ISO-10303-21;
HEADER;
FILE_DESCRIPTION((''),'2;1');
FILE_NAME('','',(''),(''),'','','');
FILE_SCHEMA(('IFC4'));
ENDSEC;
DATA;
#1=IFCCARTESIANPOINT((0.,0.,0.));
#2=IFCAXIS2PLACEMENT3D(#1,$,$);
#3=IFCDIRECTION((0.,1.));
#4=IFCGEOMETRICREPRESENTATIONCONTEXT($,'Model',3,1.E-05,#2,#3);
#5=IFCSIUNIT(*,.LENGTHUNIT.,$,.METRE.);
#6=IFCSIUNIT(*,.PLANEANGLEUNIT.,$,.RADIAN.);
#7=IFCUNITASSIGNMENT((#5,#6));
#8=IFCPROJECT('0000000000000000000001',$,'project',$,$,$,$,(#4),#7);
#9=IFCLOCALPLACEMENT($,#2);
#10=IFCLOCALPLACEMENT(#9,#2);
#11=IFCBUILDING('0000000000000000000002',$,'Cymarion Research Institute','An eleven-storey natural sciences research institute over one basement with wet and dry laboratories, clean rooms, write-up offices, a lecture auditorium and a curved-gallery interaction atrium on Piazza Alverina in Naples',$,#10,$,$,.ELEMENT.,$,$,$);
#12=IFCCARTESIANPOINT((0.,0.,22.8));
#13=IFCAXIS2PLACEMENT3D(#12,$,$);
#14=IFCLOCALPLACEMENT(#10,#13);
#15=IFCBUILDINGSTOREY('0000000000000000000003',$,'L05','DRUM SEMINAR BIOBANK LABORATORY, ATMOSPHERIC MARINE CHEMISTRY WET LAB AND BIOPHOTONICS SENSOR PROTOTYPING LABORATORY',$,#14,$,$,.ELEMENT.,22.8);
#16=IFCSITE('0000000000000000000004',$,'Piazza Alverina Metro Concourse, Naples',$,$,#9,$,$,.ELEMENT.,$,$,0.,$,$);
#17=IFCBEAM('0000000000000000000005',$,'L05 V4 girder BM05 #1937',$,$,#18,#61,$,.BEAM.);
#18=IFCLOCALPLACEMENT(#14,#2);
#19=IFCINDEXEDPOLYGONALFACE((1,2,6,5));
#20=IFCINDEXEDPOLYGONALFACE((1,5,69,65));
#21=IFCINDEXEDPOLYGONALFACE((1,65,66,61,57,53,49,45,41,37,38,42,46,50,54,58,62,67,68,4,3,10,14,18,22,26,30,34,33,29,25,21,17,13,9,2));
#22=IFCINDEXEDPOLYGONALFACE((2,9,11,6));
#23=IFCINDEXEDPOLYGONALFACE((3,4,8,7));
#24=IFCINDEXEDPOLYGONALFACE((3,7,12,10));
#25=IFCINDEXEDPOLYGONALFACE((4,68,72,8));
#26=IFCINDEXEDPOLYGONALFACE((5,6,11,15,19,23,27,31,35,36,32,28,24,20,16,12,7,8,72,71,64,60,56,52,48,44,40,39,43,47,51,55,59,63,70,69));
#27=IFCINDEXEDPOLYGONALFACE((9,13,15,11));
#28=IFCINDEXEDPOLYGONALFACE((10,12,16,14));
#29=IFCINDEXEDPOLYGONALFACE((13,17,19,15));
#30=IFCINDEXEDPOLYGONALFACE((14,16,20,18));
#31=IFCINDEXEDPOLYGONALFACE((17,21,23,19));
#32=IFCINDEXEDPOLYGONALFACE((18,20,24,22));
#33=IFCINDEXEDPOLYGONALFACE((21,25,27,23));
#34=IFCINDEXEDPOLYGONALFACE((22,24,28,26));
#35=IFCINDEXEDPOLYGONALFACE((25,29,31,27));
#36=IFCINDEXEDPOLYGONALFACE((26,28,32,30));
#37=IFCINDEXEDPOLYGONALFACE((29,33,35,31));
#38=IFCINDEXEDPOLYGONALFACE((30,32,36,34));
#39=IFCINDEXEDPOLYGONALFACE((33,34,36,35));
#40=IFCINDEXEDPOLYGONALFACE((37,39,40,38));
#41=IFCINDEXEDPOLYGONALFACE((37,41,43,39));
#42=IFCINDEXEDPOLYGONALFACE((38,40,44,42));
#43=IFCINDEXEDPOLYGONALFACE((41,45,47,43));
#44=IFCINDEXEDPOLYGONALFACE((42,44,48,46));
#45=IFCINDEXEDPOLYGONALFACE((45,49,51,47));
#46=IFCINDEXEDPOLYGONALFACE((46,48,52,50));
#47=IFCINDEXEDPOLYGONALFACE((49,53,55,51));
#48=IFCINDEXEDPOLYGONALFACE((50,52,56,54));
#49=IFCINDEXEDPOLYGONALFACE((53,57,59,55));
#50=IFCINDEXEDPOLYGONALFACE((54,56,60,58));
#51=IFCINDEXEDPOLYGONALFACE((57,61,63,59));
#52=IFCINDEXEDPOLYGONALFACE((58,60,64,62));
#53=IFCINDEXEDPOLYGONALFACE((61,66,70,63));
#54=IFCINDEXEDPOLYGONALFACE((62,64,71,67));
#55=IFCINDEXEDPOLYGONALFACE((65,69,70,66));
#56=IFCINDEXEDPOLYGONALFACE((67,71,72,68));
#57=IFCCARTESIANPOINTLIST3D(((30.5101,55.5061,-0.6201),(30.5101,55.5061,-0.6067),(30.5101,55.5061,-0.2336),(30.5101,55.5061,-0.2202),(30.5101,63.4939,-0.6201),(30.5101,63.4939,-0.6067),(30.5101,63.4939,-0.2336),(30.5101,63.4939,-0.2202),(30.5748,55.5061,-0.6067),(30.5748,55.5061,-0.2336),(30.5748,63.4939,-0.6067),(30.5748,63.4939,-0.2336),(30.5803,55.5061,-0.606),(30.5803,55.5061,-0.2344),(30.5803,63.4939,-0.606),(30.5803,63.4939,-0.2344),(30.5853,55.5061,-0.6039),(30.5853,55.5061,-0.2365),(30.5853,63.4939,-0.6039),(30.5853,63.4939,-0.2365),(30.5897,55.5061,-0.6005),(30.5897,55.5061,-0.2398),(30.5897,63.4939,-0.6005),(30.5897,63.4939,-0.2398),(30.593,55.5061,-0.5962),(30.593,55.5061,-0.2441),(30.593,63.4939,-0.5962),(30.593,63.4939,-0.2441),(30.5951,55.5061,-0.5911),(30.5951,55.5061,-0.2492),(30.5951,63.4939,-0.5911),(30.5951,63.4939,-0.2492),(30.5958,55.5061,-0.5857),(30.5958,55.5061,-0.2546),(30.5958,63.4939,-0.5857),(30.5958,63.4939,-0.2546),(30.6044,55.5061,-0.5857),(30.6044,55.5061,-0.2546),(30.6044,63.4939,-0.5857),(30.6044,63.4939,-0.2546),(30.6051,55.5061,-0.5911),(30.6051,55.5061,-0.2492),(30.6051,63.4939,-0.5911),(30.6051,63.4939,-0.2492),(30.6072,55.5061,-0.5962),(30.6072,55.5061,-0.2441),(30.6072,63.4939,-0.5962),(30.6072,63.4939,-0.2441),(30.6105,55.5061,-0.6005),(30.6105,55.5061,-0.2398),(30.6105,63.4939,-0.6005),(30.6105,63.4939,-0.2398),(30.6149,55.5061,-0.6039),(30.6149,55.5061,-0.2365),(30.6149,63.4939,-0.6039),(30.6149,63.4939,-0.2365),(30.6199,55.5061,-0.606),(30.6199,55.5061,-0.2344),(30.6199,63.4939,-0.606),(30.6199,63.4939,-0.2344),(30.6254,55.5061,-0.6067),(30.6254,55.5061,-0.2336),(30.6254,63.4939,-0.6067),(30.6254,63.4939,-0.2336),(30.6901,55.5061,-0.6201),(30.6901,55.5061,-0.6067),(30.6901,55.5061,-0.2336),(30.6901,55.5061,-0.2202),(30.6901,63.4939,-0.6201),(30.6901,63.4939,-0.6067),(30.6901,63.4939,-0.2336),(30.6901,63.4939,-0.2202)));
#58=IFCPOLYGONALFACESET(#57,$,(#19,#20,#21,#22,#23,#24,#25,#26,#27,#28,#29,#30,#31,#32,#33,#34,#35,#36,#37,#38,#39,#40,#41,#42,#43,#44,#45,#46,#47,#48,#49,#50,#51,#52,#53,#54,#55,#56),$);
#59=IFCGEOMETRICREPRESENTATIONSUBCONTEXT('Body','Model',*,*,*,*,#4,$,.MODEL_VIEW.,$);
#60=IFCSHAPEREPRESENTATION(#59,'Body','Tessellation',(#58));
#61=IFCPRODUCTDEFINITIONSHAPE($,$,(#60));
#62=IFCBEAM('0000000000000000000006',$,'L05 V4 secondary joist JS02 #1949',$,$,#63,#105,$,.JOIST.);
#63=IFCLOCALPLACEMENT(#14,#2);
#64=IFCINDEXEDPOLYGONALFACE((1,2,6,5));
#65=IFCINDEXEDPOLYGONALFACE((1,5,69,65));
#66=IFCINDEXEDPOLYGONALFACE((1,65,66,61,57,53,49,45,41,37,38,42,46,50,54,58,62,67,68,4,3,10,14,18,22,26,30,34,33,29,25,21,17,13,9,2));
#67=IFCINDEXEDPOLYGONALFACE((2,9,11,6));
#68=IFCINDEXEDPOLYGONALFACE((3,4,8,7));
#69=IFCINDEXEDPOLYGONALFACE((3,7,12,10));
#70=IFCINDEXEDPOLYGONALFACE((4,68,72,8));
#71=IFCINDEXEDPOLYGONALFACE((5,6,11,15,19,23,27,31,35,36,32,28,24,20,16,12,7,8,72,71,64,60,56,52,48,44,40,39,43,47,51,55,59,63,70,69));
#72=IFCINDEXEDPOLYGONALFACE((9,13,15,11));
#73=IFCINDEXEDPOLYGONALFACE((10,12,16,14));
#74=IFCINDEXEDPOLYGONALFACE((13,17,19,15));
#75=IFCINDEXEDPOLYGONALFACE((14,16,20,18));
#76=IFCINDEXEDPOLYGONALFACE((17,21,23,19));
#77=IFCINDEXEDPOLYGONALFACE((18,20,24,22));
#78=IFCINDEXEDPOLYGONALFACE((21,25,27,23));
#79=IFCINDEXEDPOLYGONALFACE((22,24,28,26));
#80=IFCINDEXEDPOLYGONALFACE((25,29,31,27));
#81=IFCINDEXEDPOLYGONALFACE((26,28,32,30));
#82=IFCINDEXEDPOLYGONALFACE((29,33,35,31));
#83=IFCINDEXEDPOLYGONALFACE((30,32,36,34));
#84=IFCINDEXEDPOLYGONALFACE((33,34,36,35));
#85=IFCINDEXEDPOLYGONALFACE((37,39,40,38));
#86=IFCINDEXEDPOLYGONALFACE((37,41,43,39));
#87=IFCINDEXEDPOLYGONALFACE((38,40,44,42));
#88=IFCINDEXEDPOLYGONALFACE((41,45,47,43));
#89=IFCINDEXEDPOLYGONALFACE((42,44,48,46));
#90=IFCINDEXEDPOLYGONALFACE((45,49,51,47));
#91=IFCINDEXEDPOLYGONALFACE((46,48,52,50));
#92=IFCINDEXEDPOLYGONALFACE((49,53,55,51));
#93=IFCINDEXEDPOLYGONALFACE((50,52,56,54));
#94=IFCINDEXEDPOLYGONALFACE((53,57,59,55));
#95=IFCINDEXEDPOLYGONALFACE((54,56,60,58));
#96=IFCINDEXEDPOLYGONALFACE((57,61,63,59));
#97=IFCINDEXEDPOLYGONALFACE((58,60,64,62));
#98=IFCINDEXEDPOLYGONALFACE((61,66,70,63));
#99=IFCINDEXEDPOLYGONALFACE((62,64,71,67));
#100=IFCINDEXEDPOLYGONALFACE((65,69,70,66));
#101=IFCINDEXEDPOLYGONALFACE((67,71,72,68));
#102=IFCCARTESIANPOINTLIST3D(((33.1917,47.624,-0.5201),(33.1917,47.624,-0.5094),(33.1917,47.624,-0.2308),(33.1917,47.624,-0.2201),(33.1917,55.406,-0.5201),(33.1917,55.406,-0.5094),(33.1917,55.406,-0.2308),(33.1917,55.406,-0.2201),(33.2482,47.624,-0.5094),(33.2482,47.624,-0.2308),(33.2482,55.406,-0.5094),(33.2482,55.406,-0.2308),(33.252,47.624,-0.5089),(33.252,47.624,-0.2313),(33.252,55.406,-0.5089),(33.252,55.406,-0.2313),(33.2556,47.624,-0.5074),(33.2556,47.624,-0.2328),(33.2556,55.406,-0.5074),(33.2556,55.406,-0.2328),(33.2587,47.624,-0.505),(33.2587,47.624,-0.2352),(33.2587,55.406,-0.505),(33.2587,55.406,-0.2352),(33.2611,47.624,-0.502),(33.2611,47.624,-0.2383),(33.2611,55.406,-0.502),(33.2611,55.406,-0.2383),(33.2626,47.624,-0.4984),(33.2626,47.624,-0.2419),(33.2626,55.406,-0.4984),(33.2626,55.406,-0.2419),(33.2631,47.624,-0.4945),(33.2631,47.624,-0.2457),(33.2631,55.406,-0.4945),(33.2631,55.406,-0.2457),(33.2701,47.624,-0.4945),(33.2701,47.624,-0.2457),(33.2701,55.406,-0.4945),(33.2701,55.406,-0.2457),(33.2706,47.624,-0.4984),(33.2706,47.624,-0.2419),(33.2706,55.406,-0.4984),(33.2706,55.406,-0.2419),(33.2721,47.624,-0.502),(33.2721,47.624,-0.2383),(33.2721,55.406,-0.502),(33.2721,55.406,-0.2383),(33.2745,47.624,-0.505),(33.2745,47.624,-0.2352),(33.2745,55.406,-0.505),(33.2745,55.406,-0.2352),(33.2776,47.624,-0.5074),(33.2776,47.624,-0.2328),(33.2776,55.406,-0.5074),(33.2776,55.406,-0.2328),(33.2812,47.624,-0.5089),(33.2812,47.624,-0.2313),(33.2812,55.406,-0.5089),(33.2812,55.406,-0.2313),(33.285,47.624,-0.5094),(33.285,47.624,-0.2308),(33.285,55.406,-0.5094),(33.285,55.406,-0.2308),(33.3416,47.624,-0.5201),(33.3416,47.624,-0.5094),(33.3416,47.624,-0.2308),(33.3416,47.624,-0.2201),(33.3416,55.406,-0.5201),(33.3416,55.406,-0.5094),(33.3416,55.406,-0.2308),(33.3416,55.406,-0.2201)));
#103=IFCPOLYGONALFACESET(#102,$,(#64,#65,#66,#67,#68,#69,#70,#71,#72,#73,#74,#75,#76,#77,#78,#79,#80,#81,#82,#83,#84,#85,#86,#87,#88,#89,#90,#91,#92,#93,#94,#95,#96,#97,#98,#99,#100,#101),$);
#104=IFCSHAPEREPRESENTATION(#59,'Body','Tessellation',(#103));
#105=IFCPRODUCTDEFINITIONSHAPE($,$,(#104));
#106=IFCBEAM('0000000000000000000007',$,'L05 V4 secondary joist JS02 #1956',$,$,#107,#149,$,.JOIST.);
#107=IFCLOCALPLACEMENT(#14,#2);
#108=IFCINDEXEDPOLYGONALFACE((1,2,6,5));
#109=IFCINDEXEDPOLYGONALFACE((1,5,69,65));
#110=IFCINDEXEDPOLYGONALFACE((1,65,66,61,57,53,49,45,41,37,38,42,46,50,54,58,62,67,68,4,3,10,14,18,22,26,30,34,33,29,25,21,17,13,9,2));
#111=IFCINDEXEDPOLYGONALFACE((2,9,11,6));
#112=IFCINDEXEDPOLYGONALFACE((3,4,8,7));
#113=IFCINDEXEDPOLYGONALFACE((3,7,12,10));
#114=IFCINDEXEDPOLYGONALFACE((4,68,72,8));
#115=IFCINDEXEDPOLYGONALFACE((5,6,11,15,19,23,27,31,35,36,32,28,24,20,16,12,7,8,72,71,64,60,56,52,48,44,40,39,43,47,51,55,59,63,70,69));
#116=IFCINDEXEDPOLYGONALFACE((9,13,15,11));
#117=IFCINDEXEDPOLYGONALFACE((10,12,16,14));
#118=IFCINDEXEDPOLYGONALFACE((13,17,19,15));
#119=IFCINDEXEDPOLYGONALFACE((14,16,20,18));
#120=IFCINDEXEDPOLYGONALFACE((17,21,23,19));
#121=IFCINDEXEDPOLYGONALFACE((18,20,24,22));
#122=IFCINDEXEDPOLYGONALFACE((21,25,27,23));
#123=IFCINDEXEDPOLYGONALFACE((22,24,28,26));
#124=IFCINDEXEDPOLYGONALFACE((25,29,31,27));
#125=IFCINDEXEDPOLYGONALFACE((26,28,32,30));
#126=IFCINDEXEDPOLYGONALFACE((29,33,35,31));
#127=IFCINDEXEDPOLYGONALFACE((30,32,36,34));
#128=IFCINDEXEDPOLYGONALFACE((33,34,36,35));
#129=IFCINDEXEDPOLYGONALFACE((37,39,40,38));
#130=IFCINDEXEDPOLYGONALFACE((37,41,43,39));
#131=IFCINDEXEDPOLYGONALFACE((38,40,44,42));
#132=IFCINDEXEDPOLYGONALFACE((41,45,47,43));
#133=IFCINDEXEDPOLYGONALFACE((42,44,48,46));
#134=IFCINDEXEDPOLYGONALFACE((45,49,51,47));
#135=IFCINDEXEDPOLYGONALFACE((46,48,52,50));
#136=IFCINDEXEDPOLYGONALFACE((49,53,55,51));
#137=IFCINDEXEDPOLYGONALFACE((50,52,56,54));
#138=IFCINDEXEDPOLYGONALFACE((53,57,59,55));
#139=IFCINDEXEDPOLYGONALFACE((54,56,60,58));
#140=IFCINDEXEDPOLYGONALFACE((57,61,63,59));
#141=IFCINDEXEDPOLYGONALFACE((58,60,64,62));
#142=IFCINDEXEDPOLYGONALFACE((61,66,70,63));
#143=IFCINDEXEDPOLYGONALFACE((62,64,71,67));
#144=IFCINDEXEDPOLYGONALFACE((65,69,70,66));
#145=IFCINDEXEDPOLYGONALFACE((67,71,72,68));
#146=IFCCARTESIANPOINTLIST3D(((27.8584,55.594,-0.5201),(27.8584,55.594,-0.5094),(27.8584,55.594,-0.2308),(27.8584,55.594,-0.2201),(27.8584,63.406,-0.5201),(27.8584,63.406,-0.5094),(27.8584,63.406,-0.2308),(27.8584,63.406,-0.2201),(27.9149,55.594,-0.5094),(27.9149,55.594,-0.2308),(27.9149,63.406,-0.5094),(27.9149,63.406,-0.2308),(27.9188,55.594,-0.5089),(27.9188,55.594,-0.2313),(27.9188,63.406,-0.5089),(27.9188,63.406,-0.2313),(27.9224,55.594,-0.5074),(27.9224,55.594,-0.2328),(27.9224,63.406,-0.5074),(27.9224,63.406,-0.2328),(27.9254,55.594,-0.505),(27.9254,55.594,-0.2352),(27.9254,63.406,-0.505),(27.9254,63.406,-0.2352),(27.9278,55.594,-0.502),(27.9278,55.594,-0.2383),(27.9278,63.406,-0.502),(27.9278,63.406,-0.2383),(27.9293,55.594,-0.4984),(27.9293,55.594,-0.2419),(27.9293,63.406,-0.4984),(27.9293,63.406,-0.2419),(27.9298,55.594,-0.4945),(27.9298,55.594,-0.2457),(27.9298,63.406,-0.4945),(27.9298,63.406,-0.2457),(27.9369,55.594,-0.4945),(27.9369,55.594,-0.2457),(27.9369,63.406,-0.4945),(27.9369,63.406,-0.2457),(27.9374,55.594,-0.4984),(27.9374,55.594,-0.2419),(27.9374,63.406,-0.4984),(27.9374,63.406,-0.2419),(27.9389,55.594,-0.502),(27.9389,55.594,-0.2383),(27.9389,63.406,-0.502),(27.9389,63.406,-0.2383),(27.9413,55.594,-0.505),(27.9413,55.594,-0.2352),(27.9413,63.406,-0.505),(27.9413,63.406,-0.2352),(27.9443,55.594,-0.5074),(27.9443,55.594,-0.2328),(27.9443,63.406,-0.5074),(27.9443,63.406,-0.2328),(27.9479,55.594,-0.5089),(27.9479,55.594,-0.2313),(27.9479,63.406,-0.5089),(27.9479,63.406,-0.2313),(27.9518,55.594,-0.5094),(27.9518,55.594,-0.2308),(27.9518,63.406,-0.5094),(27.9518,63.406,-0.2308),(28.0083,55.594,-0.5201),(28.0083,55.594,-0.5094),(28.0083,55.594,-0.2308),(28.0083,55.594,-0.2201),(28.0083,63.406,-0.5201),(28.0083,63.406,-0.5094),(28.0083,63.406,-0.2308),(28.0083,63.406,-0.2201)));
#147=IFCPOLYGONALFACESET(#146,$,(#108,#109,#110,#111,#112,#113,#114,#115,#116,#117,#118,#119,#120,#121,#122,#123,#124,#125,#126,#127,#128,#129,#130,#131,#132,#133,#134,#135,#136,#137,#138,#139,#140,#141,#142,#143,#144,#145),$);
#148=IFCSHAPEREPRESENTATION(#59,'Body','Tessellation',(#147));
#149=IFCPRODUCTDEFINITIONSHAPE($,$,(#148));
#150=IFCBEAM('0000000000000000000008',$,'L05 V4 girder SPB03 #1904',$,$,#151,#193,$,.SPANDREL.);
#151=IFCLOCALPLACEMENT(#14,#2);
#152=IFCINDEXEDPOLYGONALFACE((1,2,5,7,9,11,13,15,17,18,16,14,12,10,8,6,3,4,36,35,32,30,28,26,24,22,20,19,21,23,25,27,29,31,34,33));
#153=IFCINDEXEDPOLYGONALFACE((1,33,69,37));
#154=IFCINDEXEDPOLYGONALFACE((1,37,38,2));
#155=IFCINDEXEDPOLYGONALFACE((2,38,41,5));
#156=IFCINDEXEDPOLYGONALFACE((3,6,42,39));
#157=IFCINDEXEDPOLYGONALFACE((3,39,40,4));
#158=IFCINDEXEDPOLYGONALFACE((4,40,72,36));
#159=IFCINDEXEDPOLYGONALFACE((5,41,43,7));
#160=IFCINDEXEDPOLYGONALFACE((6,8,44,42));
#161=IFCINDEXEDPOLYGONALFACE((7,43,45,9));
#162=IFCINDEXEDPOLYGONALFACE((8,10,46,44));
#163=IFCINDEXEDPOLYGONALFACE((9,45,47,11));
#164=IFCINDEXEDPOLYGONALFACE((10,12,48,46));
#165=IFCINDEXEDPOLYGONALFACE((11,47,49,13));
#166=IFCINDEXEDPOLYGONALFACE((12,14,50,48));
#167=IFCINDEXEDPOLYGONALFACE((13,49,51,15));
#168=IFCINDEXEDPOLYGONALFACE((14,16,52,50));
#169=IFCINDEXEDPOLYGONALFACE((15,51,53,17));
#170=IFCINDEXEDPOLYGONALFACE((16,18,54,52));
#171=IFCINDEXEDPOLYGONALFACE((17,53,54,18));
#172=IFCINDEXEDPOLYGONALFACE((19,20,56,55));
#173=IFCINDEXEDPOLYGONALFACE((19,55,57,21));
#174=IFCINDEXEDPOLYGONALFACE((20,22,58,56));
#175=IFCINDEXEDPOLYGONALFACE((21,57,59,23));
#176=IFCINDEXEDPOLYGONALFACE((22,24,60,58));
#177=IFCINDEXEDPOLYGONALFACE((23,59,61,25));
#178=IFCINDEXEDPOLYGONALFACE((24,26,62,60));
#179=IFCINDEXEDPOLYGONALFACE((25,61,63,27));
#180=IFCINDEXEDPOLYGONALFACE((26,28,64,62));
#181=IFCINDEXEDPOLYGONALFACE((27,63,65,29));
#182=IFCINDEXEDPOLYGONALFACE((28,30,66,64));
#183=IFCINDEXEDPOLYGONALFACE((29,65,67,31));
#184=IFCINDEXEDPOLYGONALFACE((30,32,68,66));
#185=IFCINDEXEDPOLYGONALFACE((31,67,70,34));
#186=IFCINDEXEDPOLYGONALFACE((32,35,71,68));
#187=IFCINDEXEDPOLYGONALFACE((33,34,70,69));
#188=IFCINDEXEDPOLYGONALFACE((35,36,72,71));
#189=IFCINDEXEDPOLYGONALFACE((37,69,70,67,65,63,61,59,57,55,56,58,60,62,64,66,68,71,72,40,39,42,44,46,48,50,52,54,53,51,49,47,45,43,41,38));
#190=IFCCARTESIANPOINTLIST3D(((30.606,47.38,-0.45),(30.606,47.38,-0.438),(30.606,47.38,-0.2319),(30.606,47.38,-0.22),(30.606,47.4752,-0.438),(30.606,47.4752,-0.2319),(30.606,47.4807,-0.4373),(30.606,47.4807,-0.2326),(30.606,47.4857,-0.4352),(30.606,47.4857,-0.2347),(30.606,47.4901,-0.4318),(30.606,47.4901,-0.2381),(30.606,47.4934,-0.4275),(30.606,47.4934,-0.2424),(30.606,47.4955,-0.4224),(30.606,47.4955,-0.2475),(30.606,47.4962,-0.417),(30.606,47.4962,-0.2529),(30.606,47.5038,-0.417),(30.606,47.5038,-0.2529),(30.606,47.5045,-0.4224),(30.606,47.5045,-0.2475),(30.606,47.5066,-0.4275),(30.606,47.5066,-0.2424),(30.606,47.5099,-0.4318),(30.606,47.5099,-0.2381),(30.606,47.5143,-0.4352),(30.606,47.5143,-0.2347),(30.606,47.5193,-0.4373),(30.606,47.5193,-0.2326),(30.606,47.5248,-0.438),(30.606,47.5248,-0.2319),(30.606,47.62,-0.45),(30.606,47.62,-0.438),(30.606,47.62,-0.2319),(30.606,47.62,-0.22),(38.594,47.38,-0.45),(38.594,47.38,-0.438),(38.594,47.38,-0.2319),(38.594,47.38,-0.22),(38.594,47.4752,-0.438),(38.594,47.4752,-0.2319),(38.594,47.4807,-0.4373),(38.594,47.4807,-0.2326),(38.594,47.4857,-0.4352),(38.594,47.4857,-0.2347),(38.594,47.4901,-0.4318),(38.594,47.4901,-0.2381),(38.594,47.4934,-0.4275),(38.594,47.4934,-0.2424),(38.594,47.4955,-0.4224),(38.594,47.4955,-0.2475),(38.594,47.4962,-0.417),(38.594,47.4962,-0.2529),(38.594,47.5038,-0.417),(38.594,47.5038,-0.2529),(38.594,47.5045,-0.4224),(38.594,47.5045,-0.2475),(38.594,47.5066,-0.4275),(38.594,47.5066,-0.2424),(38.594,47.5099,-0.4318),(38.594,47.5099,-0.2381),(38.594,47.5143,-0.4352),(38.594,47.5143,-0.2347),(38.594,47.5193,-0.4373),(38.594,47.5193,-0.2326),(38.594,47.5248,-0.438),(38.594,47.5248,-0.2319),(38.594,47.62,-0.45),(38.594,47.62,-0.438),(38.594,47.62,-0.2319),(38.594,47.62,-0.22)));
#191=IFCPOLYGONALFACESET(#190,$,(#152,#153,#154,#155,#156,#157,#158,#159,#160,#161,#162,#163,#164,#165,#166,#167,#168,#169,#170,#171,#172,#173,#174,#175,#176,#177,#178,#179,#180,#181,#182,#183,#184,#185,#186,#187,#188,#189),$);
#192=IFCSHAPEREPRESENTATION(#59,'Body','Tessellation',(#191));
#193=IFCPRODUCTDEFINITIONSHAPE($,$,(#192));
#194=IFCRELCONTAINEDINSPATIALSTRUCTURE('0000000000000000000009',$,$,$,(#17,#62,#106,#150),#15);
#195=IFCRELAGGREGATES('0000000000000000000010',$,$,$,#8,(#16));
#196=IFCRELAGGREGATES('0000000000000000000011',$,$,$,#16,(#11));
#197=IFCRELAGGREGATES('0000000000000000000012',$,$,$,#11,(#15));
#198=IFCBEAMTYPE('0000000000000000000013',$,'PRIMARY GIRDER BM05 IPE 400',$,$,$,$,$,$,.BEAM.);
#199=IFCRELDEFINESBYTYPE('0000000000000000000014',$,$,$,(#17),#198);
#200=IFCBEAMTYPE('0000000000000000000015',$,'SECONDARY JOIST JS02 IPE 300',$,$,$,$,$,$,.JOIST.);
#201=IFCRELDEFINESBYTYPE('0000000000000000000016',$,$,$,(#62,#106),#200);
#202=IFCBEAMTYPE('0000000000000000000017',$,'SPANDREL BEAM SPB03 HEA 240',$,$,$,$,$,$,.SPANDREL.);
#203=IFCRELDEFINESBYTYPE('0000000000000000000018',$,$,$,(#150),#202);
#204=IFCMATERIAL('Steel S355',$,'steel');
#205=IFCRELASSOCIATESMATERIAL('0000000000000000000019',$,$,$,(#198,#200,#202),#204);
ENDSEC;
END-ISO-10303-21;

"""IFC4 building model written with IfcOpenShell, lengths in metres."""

from ifc_helpers import new_model, si_unit, direction, frame, origin, origin_2d, place, context, subcontext, project, spatial, i_section, extrude, material, material_profile, profile_set, type_object, element, save


model = new_model("IFC4")

# Units and contexts
model_context = context("Model", 3, precision=1e-05, world=origin(), true_north=direction((0.0, 1.0)))
body_context = subcontext(model_context, "Body", "Model", "MODEL_VIEW")
ifc_project = project(units=[si_unit("LENGTHUNIT", "METRE"), si_unit("PLANEANGLEUNIT", "RADIAN")], contexts=[model_context])

# Site, building, storey
site_placement = place(None, origin())
site = spatial("IfcSite", under=ifc_project, at=site_placement, Name="Piazza Alverina Metro Concourse, Naples", CompositionType="ELEMENT", RefElevation=0.0)
building_placement = place(site_placement, origin())
building = spatial("IfcBuilding", under=site, at=building_placement, Name="Cymarion Research Institute", Description="An eleven-storey natural sciences research institute over one basement with wet and dry laboratories, clean rooms, write-up offices, a lecture auditorium and a curved-gallery interaction atrium on Piazza Alverina in Naples", CompositionType="ELEMENT")
storey_placement = place(building_placement, frame((0.0, 0.0, 22.8)))
storey = spatial("IfcBuildingStorey", under=building, at=storey_placement, Name="L05", Description="DRUM SEMINAR BIOBANK LABORATORY, ATMOSPHERIC MARINE CHEMISTRY WET LAB AND BIOPHOTONICS SENSOR PROTOTYPING LABORATORY", CompositionType="ELEMENT", Elevation=22.8)

# Beams
ifc_material_1 = material(Name="Steel S355", Category="steel")
ifc_material_profile_1 = material_profile(ifc_material_1, i_section(OverallWidth=0.1799, OverallDepth=0.3999, WebThickness=0.0085, FlangeThickness=0.0134, FilletRadius=0.021, at=origin_2d()), Name="IPE 400")
ifc_profile_set_1 = profile_set([ifc_material_profile_1], Name="Steel S355")
beam_type_1 = type_object("IfcBeamType", Name="PRIMARY GIRDER BM05 IPE 400", PredefinedType="BEAM", material=ifc_profile_set_1)
for number, where, z_axis, x_axis, name in (
    (1, (30.6001, 55.5061, -0.4202), (0.0, 1.0, 0.0), (-1.0, 0.0, 0.0), "L05 V4 girder BM05 #1937"),
):
    element("IfcBeam", number, at=place(storey_placement, frame(where, z_axis=z_axis, x_axis=x_axis)), inside=storey, type_object=beam_type_1, Name=name, PredefinedType="BEAM", context=body_context, shape_type="SweptSolid", body=[
        extrude(i_section(OverallWidth=0.1799, OverallDepth=0.3999, WebThickness=0.0085, FlangeThickness=0.0134, FilletRadius=0.021, at=origin_2d()), origin(), (0.0, 0.0, 1.0), 7.9878),
    ])
ifc_material_profile_2 = material_profile(ifc_material_1, i_section(OverallWidth=0.1499, OverallDepth=0.3, WebThickness=0.0071, FlangeThickness=0.0107, FilletRadius=0.0149, at=origin_2d()), Name="IPE 300")
ifc_profile_set_2 = profile_set([ifc_material_profile_2], Name="Steel S355")
beam_type_2 = type_object("IfcBeamType", Name="SECONDARY JOIST JS02 IPE 300", PredefinedType="JOIST", material=ifc_profile_set_2)
beam_1_placement = place(storey_placement, frame((33.2666, 47.624, -0.3701), z_axis=(0.0, 1.0, 0.0), x_axis=(-1.0, 0.0, 0.0)))
element("IfcBeam", 2, at=beam_1_placement, inside=storey, type_object=beam_type_2, Name="L05 V4 secondary joist JS02 #1949", PredefinedType="JOIST", context=body_context, shape_type="SweptSolid", body=[
    extrude(i_section(OverallWidth=0.1499, OverallDepth=0.3, WebThickness=0.0071, FlangeThickness=0.0107, FilletRadius=0.0149, at=origin_2d()), origin(), (0.0, 0.0, 1.0), 7.782),
])
beam_2_placement = place(storey_placement, frame((27.9333, 55.594, -0.3701), z_axis=(0.0, 1.0, 0.0), x_axis=(-1.0, 0.0, 0.0)))
element("IfcBeam", 3, at=beam_2_placement, inside=storey, type_object=beam_type_2, Name="L05 V4 secondary joist JS02 #1956", PredefinedType="JOIST", context=body_context, shape_type="SweptSolid", body=[
    extrude(i_section(OverallWidth=0.1499, OverallDepth=0.3, WebThickness=0.0071, FlangeThickness=0.0107, FilletRadius=0.0149, at=origin_2d()), origin(), (0.0, 0.0, 1.0), 7.812),
])
ifc_material_profile_3 = material_profile(ifc_material_1, i_section(OverallWidth=0.24, OverallDepth=0.23, WebThickness=0.0076, FlangeThickness=0.012, FilletRadius=0.021, at=origin_2d()), Name="HEA 240")
ifc_profile_set_3 = profile_set([ifc_material_profile_3], Name="Steel S355")
beam_type_3 = type_object("IfcBeamType", Name="SPANDREL BEAM SPB03 HEA 240", PredefinedType="SPANDREL", material=ifc_profile_set_3)
beam_3_placement = place(storey_placement, frame((30.606, 47.5, -0.335), z_axis=(1.0, 0.0, 0.0), x_axis=(0.0, 1.0, 0.0)))
element("IfcBeam", 4, at=beam_3_placement, inside=storey, type_object=beam_type_3, Name="L05 V4 girder SPB03 #1904", PredefinedType="SPANDREL", context=body_context, shape_type="SweptSolid", body=[
    extrude(i_section(OverallWidth=0.24, OverallDepth=0.23, WebThickness=0.0076, FlangeThickness=0.012, FilletRadius=0.021, at=origin_2d()), origin(), (0.0, 0.0, 1.0), 7.988),
])

save(model, "model.ifc")
